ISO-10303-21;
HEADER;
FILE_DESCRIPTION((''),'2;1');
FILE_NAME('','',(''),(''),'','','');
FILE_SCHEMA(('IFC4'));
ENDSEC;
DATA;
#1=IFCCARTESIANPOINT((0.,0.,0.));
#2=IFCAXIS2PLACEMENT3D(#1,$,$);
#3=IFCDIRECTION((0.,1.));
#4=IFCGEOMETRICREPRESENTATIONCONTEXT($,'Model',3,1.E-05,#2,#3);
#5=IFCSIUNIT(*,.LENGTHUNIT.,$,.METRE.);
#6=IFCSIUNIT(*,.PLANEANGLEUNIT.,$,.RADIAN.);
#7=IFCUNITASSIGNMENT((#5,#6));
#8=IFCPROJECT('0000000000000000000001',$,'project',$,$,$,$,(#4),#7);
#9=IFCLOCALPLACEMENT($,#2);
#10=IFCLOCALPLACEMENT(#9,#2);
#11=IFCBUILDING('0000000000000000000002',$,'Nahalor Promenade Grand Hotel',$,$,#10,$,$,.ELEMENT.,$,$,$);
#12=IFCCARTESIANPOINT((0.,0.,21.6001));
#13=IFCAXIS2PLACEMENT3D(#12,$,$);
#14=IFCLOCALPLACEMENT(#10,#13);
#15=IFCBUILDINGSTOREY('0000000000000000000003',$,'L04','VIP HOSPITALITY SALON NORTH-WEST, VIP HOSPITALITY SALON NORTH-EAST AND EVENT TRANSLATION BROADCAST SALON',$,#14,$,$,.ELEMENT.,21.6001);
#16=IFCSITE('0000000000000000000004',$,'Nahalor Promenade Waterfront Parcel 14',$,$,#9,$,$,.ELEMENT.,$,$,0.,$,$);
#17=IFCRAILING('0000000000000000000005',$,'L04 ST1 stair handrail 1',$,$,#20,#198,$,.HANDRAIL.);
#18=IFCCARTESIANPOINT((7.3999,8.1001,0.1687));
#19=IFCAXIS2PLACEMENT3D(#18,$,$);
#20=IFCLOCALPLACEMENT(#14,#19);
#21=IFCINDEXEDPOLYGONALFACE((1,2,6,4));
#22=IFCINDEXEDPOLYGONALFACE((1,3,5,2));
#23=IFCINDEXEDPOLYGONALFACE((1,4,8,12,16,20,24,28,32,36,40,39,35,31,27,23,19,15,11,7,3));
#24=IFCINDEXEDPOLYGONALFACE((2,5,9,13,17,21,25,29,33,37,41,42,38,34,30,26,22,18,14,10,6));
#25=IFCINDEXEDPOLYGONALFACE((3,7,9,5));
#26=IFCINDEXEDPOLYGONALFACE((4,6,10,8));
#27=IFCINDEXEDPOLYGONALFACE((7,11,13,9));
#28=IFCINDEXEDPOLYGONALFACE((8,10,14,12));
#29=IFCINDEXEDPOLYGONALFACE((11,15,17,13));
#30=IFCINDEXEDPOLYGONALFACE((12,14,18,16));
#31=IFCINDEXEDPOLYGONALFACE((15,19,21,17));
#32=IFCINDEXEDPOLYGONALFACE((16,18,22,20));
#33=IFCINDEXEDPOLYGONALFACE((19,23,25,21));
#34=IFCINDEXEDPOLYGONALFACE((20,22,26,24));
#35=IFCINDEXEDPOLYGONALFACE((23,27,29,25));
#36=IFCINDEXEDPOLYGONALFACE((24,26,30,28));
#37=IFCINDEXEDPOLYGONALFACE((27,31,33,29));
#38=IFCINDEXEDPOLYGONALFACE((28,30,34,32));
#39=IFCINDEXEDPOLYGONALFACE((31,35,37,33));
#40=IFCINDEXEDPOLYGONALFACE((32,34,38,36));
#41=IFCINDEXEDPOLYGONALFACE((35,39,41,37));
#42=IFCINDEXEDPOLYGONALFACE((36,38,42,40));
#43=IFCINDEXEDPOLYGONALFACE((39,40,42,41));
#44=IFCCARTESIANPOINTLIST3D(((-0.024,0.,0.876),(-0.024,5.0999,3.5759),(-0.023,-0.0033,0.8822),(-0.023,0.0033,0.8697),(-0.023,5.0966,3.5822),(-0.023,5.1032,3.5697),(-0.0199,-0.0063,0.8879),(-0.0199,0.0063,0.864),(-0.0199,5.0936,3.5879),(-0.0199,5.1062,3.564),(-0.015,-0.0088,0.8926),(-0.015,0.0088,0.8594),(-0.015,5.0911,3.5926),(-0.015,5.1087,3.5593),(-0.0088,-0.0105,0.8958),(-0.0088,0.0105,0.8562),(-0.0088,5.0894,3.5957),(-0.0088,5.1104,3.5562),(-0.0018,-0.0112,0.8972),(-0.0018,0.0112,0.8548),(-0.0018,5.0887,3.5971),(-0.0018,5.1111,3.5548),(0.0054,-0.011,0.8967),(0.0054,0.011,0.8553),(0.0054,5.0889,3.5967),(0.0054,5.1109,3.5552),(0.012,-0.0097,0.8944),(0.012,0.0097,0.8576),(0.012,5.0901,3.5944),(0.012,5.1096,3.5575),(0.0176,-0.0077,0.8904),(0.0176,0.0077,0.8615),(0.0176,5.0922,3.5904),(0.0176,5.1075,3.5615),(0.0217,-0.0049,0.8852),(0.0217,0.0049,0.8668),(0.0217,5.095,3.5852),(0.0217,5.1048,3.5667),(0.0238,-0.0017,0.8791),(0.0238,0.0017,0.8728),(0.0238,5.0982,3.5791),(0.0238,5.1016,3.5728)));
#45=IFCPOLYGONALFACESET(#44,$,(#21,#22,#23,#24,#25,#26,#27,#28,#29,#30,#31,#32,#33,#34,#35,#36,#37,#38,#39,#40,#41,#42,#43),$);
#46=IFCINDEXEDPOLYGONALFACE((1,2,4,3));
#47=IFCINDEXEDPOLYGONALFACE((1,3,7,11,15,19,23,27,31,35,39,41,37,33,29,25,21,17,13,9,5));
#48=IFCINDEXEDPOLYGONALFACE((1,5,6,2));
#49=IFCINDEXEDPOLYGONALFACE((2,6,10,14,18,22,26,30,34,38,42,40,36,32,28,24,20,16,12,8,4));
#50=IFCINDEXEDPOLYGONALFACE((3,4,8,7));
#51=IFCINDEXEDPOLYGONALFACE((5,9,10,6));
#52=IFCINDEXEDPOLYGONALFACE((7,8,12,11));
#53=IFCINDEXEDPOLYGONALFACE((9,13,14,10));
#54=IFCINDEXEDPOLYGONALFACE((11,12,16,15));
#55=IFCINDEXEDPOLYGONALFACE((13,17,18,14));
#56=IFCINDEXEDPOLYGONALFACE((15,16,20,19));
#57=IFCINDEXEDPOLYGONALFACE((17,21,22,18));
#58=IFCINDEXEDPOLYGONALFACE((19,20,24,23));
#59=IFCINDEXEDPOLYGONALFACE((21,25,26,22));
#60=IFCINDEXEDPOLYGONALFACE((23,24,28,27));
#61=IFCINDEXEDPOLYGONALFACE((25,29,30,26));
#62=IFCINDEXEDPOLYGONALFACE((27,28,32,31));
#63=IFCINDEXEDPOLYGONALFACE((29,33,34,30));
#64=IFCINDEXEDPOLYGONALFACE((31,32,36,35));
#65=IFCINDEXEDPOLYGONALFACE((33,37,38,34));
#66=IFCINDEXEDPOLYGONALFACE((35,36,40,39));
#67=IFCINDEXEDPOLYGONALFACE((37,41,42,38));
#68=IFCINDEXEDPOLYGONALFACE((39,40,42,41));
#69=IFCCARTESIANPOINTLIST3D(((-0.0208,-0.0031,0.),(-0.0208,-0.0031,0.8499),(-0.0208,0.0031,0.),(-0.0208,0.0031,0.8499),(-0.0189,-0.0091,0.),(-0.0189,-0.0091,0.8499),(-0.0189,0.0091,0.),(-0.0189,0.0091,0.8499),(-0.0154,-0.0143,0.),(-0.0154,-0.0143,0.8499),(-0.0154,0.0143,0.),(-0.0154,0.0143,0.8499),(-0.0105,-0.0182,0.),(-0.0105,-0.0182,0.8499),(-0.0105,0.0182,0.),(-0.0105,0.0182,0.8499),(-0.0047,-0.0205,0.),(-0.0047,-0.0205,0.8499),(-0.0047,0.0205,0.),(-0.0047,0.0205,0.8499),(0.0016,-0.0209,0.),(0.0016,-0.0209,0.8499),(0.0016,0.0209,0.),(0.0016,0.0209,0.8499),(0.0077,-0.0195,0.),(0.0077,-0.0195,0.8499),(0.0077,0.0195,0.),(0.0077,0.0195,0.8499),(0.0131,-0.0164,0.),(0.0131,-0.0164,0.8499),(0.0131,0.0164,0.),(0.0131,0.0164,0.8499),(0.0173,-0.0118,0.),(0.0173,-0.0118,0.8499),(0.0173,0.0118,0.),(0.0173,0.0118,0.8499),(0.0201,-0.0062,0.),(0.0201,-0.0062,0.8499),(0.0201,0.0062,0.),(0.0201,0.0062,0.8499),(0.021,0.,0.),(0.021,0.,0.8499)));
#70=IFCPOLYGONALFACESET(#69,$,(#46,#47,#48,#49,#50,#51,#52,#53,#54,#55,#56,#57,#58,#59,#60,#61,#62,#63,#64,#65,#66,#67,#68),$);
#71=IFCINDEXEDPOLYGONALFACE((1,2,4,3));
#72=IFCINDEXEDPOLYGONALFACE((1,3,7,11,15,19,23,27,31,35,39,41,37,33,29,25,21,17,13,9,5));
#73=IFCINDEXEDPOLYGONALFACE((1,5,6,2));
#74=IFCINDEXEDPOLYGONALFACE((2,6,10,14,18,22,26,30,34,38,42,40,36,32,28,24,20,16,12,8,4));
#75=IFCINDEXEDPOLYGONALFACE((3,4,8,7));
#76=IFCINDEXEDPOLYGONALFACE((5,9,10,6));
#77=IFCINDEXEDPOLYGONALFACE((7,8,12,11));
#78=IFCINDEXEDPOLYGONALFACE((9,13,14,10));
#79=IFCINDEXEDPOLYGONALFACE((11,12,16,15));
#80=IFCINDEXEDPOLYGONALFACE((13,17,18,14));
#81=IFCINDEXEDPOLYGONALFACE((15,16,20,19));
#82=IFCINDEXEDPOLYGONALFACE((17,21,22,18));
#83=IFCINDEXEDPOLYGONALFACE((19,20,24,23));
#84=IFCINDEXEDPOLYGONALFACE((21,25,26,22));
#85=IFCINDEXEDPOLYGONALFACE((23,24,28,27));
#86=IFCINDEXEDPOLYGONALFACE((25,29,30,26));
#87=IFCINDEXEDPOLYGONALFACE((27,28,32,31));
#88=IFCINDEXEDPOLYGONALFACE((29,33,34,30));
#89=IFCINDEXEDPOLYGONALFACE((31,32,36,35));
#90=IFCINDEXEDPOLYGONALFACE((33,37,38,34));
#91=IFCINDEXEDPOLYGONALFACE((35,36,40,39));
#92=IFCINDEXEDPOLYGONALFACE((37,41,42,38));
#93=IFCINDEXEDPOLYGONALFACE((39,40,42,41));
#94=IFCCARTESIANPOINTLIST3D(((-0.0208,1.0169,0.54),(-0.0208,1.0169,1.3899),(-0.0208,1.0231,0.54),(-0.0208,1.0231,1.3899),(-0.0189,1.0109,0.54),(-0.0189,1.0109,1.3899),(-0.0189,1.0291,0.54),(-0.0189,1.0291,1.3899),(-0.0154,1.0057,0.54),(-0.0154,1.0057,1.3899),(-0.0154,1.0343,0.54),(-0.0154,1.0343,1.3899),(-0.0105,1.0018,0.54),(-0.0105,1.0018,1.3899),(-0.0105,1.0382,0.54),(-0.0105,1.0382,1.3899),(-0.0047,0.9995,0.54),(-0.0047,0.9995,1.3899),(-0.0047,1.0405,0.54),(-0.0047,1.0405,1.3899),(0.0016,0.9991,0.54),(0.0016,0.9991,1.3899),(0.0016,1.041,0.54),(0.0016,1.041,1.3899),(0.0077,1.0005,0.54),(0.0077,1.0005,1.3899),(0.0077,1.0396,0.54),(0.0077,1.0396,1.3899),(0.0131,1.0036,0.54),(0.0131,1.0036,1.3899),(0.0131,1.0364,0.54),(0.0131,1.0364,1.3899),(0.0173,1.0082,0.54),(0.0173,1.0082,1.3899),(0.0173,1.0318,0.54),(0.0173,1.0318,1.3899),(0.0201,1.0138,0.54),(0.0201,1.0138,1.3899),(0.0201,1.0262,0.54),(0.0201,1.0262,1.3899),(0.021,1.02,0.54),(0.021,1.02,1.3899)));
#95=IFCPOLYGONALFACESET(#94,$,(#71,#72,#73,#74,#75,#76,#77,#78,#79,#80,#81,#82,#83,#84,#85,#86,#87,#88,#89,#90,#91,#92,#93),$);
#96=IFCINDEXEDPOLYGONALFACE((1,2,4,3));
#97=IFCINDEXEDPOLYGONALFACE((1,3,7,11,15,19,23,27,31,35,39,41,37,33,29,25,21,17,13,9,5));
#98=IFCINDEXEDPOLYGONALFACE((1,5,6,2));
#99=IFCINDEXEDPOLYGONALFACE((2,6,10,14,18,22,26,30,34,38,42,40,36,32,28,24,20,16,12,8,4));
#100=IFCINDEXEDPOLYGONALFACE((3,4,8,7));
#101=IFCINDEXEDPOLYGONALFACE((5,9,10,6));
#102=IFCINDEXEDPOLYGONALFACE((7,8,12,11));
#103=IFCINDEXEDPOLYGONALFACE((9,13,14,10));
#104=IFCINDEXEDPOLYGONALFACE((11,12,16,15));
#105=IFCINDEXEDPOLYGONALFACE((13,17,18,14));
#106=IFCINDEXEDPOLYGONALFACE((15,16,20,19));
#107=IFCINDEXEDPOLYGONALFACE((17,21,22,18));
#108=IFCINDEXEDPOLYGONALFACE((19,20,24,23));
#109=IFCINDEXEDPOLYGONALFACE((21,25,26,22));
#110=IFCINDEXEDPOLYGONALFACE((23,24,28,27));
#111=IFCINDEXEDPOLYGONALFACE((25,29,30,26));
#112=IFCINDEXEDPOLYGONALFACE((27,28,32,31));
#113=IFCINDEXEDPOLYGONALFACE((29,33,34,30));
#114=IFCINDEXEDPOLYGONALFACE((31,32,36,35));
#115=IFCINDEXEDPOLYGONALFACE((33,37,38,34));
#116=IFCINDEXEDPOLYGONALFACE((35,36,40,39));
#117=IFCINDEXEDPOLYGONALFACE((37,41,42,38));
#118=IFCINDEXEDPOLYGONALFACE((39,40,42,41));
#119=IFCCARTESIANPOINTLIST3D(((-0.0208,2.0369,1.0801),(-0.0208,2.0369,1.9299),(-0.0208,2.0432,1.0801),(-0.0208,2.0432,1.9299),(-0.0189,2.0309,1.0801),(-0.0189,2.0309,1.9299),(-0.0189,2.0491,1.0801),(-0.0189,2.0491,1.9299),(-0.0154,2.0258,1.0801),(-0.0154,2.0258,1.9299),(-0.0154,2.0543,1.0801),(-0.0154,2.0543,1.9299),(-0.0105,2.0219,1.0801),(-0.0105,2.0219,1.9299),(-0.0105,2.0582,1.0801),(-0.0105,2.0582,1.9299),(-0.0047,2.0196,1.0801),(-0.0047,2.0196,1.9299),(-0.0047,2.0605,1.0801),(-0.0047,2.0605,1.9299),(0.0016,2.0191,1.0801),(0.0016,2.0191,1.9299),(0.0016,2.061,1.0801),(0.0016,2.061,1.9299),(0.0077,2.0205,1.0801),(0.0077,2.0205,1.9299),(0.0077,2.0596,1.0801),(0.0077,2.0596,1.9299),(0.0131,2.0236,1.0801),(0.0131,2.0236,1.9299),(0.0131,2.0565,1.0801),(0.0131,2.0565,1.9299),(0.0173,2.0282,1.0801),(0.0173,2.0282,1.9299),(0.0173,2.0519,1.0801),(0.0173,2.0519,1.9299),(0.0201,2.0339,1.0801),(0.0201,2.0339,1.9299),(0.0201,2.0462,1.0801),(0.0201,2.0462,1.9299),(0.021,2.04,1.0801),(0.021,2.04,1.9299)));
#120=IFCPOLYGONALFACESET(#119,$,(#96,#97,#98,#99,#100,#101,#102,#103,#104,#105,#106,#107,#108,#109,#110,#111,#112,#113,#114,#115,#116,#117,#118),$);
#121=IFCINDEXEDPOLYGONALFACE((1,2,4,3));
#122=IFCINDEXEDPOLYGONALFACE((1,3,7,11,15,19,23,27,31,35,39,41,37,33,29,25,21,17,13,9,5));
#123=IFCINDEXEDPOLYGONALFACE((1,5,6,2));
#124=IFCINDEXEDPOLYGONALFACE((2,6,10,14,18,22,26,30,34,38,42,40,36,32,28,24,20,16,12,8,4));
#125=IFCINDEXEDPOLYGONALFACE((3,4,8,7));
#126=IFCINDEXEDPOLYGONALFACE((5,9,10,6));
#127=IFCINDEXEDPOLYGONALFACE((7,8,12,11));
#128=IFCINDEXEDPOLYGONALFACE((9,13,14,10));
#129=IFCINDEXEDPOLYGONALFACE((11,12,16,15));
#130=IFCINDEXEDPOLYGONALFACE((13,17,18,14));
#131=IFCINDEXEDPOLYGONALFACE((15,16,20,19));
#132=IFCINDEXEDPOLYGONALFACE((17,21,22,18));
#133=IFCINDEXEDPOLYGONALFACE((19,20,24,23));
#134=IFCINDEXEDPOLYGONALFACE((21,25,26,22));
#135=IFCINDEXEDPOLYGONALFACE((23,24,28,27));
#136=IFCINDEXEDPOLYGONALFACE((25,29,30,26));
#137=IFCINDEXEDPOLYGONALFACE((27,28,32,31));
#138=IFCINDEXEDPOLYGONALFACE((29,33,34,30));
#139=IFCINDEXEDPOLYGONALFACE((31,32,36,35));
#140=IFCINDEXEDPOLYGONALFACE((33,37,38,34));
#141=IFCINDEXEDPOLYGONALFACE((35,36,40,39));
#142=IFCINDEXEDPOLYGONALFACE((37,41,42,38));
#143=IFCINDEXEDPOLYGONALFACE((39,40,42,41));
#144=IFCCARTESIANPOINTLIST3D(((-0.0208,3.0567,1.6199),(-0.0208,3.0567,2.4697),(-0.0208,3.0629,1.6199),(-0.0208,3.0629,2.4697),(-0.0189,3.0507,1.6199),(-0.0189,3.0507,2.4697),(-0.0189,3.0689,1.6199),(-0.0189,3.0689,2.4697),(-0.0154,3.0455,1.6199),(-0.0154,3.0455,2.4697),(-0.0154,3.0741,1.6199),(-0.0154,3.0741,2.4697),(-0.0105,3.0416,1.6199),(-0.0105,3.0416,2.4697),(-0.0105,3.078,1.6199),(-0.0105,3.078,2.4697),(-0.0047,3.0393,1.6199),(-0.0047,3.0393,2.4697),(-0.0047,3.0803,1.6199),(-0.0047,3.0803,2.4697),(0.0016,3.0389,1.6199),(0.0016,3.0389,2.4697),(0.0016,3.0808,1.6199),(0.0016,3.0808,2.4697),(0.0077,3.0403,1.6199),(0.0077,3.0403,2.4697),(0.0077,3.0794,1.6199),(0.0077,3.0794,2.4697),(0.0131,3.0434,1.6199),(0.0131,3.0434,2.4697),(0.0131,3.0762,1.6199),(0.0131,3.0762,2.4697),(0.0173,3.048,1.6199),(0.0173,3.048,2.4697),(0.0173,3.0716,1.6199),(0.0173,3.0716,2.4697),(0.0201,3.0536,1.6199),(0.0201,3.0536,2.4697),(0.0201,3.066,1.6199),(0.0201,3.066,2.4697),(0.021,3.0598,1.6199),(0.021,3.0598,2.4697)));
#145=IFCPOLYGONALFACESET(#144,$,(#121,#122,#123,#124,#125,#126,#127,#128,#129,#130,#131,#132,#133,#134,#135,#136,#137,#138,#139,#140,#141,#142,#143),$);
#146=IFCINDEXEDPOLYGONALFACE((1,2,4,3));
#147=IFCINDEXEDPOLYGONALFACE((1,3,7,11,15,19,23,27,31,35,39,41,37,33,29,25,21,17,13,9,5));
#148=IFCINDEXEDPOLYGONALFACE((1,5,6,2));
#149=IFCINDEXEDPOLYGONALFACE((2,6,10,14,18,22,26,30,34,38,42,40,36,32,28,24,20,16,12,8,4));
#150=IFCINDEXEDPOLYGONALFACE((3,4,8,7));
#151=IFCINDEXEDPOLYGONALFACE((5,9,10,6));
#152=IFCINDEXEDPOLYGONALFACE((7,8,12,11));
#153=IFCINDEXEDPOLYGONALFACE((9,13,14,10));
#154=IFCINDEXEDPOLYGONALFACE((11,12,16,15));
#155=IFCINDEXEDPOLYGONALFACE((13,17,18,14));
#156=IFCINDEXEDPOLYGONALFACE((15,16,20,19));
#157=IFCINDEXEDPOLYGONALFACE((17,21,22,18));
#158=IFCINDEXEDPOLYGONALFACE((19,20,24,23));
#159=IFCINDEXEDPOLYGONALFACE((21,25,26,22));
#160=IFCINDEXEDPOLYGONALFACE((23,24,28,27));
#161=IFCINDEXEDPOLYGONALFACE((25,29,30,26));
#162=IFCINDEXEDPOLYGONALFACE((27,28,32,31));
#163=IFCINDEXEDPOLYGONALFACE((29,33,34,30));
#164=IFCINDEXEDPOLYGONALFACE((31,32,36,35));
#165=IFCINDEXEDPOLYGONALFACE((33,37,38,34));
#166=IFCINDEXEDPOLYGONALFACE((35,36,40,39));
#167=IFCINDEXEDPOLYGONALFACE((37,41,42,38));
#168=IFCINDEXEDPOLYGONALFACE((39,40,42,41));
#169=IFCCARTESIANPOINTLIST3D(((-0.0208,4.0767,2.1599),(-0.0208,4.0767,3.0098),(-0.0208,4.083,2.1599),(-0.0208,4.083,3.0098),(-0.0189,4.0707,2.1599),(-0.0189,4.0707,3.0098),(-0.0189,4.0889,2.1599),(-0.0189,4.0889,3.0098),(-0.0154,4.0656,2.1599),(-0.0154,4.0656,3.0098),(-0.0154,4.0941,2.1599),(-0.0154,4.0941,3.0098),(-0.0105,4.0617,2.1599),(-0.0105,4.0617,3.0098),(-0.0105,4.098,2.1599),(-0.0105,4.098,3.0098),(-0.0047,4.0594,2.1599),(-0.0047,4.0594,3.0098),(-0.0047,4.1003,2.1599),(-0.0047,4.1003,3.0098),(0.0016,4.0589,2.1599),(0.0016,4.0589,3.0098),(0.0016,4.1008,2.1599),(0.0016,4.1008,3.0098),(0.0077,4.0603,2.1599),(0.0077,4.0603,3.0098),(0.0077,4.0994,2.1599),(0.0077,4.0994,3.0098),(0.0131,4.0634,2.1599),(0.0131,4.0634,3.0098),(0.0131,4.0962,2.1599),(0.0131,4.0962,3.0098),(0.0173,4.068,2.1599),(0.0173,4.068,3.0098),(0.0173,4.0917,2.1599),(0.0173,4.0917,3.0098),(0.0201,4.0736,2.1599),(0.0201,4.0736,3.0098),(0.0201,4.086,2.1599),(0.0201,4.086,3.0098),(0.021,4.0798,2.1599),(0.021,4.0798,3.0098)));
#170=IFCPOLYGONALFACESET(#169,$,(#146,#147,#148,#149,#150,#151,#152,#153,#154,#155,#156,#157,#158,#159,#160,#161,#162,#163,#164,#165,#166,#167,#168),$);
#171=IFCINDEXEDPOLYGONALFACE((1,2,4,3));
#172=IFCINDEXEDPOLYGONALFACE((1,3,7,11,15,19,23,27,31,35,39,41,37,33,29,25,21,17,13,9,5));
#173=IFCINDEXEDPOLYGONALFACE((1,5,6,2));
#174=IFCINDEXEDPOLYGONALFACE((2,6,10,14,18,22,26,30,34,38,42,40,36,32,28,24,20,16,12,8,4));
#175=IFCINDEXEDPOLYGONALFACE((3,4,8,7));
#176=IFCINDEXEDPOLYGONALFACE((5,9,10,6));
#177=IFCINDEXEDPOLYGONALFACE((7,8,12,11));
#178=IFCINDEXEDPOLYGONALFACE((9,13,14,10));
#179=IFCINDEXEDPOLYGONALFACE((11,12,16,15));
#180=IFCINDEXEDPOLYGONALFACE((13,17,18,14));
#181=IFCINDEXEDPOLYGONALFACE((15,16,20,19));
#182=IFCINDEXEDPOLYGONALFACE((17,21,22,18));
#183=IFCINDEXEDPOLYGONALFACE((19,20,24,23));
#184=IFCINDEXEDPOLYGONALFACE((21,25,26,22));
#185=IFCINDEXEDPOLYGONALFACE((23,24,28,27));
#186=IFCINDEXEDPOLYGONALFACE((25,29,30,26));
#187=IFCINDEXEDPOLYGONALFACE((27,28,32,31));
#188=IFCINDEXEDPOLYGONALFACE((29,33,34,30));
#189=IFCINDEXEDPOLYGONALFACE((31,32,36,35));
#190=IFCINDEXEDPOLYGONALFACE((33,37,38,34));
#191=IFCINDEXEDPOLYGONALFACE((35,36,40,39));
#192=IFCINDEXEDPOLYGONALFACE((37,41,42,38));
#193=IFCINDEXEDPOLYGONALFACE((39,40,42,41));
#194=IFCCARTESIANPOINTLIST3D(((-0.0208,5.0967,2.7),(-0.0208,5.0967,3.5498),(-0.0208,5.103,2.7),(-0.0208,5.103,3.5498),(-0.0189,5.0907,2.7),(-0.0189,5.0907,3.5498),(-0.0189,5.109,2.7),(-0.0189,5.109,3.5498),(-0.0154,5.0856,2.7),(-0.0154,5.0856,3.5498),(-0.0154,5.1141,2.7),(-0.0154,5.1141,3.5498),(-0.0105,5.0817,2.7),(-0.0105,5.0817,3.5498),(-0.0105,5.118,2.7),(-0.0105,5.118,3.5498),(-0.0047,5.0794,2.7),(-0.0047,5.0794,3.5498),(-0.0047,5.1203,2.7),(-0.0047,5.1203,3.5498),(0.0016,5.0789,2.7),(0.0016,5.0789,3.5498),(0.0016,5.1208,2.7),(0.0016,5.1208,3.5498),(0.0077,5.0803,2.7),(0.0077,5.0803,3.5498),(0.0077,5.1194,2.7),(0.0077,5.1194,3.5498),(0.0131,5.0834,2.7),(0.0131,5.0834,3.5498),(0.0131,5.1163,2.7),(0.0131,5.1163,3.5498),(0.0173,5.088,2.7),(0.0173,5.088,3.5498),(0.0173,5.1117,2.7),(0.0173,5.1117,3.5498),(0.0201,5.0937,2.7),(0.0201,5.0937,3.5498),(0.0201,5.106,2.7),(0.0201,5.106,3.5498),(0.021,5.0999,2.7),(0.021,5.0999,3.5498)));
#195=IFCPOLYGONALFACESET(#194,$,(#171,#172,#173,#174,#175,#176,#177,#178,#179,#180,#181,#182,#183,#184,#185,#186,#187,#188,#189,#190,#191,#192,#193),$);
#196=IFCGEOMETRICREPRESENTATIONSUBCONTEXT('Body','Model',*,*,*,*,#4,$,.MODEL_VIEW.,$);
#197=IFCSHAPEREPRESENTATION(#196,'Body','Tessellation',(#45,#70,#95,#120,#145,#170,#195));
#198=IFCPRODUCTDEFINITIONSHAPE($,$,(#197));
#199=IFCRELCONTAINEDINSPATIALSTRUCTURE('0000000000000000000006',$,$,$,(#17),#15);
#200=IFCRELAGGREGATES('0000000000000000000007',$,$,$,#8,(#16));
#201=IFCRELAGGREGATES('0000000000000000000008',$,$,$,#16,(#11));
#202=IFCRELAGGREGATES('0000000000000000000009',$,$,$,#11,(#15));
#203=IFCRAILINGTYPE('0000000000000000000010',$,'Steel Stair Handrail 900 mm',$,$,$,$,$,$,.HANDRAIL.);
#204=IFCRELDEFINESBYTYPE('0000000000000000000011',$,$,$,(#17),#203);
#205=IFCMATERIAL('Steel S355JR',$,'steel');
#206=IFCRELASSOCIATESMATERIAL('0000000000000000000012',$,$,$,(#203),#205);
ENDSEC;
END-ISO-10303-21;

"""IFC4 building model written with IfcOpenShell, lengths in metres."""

from ifc_helpers import new_model, si_unit, direction, frame, origin, origin_2d, place, context, subcontext, project, spatial, circle, extrude, material, type_object, element, save


model = new_model("IFC4")

# Units and contexts
model_context = context("Model", 3, precision=1e-05, world=origin(), true_north=direction((0.0, 1.0)))
body_context = subcontext(model_context, "Body", "Model", "MODEL_VIEW")
ifc_project = project(units=[si_unit("LENGTHUNIT", "METRE"), si_unit("PLANEANGLEUNIT", "RADIAN")], contexts=[model_context])

# Site, building, storey
site_placement = place(None, origin())
site = spatial("IfcSite", under=ifc_project, at=site_placement, Name="Nahalor Promenade Waterfront Parcel 14", CompositionType="ELEMENT", RefElevation=0.0)
building_placement = place(site_placement, origin())
building = spatial("IfcBuilding", under=site, at=building_placement, Name="Nahalor Promenade Grand Hotel", CompositionType="ELEMENT")
storey_placement = place(building_placement, frame((0.0, 0.0, 21.6001)))
storey = spatial("IfcBuildingStorey", under=building, at=storey_placement, Name="L04", Description="VIP HOSPITALITY SALON NORTH-WEST, VIP HOSPITALITY SALON NORTH-EAST AND EVENT TRANSLATION BROADCAST SALON", CompositionType="ELEMENT", Elevation=21.6001)

# Shared definitions
ifc_material_1 = material(Name="Steel S355JR", Category="steel")

# Railing
railing_type_1 = type_object("IfcRailingType", Name="Steel Stair Handrail 900 mm", PredefinedType="HANDRAIL", material=ifc_material_1)
railing_1_placement = place(storey_placement, frame((7.3999, 8.1001, 0.1687)))
element("IfcRailing", 1, at=railing_1_placement, inside=storey, type_object=railing_type_1, Name="L04 ST1 stair handrail 1", PredefinedType="HANDRAIL", context=body_context, shape_type="SweptSolid", body=[
    extrude(circle(Radius=0.024, at=origin_2d()), frame((0.0, 0.0, 0.876), z_axis=(0.0, 0.883786, 0.467892), x_axis=(-1.0, 0.0, 0.0)), (0.0, 0.0, 1.0), 5.7705),
    extrude(circle(Radius=0.021, at=origin_2d()), origin(), (0.0, 0.0, 1.0), 0.8499),
    extrude(circle(Radius=0.021, at=origin_2d()), frame((0.0, 1.02, 0.54)), (0.0, 0.0, 1.0), 0.8499),
    extrude(circle(Radius=0.021, at=origin_2d()), frame((0.0, 2.04, 1.0801)), (0.0, 0.0, 1.0), 0.8499),
    extrude(circle(Radius=0.021, at=origin_2d()), frame((0.0, 3.0598, 1.6199)), (0.0, 0.0, 1.0), 0.8499),
    extrude(circle(Radius=0.021, at=origin_2d()), frame((0.0, 4.0798, 2.1599)), (0.0, 0.0, 1.0), 0.8499),
    extrude(circle(Radius=0.021, at=origin_2d()), frame((0.0, 5.0999, 2.7)), (0.0, 0.0, 1.0), 0.8499),
])

save(model, "model.ifc")
